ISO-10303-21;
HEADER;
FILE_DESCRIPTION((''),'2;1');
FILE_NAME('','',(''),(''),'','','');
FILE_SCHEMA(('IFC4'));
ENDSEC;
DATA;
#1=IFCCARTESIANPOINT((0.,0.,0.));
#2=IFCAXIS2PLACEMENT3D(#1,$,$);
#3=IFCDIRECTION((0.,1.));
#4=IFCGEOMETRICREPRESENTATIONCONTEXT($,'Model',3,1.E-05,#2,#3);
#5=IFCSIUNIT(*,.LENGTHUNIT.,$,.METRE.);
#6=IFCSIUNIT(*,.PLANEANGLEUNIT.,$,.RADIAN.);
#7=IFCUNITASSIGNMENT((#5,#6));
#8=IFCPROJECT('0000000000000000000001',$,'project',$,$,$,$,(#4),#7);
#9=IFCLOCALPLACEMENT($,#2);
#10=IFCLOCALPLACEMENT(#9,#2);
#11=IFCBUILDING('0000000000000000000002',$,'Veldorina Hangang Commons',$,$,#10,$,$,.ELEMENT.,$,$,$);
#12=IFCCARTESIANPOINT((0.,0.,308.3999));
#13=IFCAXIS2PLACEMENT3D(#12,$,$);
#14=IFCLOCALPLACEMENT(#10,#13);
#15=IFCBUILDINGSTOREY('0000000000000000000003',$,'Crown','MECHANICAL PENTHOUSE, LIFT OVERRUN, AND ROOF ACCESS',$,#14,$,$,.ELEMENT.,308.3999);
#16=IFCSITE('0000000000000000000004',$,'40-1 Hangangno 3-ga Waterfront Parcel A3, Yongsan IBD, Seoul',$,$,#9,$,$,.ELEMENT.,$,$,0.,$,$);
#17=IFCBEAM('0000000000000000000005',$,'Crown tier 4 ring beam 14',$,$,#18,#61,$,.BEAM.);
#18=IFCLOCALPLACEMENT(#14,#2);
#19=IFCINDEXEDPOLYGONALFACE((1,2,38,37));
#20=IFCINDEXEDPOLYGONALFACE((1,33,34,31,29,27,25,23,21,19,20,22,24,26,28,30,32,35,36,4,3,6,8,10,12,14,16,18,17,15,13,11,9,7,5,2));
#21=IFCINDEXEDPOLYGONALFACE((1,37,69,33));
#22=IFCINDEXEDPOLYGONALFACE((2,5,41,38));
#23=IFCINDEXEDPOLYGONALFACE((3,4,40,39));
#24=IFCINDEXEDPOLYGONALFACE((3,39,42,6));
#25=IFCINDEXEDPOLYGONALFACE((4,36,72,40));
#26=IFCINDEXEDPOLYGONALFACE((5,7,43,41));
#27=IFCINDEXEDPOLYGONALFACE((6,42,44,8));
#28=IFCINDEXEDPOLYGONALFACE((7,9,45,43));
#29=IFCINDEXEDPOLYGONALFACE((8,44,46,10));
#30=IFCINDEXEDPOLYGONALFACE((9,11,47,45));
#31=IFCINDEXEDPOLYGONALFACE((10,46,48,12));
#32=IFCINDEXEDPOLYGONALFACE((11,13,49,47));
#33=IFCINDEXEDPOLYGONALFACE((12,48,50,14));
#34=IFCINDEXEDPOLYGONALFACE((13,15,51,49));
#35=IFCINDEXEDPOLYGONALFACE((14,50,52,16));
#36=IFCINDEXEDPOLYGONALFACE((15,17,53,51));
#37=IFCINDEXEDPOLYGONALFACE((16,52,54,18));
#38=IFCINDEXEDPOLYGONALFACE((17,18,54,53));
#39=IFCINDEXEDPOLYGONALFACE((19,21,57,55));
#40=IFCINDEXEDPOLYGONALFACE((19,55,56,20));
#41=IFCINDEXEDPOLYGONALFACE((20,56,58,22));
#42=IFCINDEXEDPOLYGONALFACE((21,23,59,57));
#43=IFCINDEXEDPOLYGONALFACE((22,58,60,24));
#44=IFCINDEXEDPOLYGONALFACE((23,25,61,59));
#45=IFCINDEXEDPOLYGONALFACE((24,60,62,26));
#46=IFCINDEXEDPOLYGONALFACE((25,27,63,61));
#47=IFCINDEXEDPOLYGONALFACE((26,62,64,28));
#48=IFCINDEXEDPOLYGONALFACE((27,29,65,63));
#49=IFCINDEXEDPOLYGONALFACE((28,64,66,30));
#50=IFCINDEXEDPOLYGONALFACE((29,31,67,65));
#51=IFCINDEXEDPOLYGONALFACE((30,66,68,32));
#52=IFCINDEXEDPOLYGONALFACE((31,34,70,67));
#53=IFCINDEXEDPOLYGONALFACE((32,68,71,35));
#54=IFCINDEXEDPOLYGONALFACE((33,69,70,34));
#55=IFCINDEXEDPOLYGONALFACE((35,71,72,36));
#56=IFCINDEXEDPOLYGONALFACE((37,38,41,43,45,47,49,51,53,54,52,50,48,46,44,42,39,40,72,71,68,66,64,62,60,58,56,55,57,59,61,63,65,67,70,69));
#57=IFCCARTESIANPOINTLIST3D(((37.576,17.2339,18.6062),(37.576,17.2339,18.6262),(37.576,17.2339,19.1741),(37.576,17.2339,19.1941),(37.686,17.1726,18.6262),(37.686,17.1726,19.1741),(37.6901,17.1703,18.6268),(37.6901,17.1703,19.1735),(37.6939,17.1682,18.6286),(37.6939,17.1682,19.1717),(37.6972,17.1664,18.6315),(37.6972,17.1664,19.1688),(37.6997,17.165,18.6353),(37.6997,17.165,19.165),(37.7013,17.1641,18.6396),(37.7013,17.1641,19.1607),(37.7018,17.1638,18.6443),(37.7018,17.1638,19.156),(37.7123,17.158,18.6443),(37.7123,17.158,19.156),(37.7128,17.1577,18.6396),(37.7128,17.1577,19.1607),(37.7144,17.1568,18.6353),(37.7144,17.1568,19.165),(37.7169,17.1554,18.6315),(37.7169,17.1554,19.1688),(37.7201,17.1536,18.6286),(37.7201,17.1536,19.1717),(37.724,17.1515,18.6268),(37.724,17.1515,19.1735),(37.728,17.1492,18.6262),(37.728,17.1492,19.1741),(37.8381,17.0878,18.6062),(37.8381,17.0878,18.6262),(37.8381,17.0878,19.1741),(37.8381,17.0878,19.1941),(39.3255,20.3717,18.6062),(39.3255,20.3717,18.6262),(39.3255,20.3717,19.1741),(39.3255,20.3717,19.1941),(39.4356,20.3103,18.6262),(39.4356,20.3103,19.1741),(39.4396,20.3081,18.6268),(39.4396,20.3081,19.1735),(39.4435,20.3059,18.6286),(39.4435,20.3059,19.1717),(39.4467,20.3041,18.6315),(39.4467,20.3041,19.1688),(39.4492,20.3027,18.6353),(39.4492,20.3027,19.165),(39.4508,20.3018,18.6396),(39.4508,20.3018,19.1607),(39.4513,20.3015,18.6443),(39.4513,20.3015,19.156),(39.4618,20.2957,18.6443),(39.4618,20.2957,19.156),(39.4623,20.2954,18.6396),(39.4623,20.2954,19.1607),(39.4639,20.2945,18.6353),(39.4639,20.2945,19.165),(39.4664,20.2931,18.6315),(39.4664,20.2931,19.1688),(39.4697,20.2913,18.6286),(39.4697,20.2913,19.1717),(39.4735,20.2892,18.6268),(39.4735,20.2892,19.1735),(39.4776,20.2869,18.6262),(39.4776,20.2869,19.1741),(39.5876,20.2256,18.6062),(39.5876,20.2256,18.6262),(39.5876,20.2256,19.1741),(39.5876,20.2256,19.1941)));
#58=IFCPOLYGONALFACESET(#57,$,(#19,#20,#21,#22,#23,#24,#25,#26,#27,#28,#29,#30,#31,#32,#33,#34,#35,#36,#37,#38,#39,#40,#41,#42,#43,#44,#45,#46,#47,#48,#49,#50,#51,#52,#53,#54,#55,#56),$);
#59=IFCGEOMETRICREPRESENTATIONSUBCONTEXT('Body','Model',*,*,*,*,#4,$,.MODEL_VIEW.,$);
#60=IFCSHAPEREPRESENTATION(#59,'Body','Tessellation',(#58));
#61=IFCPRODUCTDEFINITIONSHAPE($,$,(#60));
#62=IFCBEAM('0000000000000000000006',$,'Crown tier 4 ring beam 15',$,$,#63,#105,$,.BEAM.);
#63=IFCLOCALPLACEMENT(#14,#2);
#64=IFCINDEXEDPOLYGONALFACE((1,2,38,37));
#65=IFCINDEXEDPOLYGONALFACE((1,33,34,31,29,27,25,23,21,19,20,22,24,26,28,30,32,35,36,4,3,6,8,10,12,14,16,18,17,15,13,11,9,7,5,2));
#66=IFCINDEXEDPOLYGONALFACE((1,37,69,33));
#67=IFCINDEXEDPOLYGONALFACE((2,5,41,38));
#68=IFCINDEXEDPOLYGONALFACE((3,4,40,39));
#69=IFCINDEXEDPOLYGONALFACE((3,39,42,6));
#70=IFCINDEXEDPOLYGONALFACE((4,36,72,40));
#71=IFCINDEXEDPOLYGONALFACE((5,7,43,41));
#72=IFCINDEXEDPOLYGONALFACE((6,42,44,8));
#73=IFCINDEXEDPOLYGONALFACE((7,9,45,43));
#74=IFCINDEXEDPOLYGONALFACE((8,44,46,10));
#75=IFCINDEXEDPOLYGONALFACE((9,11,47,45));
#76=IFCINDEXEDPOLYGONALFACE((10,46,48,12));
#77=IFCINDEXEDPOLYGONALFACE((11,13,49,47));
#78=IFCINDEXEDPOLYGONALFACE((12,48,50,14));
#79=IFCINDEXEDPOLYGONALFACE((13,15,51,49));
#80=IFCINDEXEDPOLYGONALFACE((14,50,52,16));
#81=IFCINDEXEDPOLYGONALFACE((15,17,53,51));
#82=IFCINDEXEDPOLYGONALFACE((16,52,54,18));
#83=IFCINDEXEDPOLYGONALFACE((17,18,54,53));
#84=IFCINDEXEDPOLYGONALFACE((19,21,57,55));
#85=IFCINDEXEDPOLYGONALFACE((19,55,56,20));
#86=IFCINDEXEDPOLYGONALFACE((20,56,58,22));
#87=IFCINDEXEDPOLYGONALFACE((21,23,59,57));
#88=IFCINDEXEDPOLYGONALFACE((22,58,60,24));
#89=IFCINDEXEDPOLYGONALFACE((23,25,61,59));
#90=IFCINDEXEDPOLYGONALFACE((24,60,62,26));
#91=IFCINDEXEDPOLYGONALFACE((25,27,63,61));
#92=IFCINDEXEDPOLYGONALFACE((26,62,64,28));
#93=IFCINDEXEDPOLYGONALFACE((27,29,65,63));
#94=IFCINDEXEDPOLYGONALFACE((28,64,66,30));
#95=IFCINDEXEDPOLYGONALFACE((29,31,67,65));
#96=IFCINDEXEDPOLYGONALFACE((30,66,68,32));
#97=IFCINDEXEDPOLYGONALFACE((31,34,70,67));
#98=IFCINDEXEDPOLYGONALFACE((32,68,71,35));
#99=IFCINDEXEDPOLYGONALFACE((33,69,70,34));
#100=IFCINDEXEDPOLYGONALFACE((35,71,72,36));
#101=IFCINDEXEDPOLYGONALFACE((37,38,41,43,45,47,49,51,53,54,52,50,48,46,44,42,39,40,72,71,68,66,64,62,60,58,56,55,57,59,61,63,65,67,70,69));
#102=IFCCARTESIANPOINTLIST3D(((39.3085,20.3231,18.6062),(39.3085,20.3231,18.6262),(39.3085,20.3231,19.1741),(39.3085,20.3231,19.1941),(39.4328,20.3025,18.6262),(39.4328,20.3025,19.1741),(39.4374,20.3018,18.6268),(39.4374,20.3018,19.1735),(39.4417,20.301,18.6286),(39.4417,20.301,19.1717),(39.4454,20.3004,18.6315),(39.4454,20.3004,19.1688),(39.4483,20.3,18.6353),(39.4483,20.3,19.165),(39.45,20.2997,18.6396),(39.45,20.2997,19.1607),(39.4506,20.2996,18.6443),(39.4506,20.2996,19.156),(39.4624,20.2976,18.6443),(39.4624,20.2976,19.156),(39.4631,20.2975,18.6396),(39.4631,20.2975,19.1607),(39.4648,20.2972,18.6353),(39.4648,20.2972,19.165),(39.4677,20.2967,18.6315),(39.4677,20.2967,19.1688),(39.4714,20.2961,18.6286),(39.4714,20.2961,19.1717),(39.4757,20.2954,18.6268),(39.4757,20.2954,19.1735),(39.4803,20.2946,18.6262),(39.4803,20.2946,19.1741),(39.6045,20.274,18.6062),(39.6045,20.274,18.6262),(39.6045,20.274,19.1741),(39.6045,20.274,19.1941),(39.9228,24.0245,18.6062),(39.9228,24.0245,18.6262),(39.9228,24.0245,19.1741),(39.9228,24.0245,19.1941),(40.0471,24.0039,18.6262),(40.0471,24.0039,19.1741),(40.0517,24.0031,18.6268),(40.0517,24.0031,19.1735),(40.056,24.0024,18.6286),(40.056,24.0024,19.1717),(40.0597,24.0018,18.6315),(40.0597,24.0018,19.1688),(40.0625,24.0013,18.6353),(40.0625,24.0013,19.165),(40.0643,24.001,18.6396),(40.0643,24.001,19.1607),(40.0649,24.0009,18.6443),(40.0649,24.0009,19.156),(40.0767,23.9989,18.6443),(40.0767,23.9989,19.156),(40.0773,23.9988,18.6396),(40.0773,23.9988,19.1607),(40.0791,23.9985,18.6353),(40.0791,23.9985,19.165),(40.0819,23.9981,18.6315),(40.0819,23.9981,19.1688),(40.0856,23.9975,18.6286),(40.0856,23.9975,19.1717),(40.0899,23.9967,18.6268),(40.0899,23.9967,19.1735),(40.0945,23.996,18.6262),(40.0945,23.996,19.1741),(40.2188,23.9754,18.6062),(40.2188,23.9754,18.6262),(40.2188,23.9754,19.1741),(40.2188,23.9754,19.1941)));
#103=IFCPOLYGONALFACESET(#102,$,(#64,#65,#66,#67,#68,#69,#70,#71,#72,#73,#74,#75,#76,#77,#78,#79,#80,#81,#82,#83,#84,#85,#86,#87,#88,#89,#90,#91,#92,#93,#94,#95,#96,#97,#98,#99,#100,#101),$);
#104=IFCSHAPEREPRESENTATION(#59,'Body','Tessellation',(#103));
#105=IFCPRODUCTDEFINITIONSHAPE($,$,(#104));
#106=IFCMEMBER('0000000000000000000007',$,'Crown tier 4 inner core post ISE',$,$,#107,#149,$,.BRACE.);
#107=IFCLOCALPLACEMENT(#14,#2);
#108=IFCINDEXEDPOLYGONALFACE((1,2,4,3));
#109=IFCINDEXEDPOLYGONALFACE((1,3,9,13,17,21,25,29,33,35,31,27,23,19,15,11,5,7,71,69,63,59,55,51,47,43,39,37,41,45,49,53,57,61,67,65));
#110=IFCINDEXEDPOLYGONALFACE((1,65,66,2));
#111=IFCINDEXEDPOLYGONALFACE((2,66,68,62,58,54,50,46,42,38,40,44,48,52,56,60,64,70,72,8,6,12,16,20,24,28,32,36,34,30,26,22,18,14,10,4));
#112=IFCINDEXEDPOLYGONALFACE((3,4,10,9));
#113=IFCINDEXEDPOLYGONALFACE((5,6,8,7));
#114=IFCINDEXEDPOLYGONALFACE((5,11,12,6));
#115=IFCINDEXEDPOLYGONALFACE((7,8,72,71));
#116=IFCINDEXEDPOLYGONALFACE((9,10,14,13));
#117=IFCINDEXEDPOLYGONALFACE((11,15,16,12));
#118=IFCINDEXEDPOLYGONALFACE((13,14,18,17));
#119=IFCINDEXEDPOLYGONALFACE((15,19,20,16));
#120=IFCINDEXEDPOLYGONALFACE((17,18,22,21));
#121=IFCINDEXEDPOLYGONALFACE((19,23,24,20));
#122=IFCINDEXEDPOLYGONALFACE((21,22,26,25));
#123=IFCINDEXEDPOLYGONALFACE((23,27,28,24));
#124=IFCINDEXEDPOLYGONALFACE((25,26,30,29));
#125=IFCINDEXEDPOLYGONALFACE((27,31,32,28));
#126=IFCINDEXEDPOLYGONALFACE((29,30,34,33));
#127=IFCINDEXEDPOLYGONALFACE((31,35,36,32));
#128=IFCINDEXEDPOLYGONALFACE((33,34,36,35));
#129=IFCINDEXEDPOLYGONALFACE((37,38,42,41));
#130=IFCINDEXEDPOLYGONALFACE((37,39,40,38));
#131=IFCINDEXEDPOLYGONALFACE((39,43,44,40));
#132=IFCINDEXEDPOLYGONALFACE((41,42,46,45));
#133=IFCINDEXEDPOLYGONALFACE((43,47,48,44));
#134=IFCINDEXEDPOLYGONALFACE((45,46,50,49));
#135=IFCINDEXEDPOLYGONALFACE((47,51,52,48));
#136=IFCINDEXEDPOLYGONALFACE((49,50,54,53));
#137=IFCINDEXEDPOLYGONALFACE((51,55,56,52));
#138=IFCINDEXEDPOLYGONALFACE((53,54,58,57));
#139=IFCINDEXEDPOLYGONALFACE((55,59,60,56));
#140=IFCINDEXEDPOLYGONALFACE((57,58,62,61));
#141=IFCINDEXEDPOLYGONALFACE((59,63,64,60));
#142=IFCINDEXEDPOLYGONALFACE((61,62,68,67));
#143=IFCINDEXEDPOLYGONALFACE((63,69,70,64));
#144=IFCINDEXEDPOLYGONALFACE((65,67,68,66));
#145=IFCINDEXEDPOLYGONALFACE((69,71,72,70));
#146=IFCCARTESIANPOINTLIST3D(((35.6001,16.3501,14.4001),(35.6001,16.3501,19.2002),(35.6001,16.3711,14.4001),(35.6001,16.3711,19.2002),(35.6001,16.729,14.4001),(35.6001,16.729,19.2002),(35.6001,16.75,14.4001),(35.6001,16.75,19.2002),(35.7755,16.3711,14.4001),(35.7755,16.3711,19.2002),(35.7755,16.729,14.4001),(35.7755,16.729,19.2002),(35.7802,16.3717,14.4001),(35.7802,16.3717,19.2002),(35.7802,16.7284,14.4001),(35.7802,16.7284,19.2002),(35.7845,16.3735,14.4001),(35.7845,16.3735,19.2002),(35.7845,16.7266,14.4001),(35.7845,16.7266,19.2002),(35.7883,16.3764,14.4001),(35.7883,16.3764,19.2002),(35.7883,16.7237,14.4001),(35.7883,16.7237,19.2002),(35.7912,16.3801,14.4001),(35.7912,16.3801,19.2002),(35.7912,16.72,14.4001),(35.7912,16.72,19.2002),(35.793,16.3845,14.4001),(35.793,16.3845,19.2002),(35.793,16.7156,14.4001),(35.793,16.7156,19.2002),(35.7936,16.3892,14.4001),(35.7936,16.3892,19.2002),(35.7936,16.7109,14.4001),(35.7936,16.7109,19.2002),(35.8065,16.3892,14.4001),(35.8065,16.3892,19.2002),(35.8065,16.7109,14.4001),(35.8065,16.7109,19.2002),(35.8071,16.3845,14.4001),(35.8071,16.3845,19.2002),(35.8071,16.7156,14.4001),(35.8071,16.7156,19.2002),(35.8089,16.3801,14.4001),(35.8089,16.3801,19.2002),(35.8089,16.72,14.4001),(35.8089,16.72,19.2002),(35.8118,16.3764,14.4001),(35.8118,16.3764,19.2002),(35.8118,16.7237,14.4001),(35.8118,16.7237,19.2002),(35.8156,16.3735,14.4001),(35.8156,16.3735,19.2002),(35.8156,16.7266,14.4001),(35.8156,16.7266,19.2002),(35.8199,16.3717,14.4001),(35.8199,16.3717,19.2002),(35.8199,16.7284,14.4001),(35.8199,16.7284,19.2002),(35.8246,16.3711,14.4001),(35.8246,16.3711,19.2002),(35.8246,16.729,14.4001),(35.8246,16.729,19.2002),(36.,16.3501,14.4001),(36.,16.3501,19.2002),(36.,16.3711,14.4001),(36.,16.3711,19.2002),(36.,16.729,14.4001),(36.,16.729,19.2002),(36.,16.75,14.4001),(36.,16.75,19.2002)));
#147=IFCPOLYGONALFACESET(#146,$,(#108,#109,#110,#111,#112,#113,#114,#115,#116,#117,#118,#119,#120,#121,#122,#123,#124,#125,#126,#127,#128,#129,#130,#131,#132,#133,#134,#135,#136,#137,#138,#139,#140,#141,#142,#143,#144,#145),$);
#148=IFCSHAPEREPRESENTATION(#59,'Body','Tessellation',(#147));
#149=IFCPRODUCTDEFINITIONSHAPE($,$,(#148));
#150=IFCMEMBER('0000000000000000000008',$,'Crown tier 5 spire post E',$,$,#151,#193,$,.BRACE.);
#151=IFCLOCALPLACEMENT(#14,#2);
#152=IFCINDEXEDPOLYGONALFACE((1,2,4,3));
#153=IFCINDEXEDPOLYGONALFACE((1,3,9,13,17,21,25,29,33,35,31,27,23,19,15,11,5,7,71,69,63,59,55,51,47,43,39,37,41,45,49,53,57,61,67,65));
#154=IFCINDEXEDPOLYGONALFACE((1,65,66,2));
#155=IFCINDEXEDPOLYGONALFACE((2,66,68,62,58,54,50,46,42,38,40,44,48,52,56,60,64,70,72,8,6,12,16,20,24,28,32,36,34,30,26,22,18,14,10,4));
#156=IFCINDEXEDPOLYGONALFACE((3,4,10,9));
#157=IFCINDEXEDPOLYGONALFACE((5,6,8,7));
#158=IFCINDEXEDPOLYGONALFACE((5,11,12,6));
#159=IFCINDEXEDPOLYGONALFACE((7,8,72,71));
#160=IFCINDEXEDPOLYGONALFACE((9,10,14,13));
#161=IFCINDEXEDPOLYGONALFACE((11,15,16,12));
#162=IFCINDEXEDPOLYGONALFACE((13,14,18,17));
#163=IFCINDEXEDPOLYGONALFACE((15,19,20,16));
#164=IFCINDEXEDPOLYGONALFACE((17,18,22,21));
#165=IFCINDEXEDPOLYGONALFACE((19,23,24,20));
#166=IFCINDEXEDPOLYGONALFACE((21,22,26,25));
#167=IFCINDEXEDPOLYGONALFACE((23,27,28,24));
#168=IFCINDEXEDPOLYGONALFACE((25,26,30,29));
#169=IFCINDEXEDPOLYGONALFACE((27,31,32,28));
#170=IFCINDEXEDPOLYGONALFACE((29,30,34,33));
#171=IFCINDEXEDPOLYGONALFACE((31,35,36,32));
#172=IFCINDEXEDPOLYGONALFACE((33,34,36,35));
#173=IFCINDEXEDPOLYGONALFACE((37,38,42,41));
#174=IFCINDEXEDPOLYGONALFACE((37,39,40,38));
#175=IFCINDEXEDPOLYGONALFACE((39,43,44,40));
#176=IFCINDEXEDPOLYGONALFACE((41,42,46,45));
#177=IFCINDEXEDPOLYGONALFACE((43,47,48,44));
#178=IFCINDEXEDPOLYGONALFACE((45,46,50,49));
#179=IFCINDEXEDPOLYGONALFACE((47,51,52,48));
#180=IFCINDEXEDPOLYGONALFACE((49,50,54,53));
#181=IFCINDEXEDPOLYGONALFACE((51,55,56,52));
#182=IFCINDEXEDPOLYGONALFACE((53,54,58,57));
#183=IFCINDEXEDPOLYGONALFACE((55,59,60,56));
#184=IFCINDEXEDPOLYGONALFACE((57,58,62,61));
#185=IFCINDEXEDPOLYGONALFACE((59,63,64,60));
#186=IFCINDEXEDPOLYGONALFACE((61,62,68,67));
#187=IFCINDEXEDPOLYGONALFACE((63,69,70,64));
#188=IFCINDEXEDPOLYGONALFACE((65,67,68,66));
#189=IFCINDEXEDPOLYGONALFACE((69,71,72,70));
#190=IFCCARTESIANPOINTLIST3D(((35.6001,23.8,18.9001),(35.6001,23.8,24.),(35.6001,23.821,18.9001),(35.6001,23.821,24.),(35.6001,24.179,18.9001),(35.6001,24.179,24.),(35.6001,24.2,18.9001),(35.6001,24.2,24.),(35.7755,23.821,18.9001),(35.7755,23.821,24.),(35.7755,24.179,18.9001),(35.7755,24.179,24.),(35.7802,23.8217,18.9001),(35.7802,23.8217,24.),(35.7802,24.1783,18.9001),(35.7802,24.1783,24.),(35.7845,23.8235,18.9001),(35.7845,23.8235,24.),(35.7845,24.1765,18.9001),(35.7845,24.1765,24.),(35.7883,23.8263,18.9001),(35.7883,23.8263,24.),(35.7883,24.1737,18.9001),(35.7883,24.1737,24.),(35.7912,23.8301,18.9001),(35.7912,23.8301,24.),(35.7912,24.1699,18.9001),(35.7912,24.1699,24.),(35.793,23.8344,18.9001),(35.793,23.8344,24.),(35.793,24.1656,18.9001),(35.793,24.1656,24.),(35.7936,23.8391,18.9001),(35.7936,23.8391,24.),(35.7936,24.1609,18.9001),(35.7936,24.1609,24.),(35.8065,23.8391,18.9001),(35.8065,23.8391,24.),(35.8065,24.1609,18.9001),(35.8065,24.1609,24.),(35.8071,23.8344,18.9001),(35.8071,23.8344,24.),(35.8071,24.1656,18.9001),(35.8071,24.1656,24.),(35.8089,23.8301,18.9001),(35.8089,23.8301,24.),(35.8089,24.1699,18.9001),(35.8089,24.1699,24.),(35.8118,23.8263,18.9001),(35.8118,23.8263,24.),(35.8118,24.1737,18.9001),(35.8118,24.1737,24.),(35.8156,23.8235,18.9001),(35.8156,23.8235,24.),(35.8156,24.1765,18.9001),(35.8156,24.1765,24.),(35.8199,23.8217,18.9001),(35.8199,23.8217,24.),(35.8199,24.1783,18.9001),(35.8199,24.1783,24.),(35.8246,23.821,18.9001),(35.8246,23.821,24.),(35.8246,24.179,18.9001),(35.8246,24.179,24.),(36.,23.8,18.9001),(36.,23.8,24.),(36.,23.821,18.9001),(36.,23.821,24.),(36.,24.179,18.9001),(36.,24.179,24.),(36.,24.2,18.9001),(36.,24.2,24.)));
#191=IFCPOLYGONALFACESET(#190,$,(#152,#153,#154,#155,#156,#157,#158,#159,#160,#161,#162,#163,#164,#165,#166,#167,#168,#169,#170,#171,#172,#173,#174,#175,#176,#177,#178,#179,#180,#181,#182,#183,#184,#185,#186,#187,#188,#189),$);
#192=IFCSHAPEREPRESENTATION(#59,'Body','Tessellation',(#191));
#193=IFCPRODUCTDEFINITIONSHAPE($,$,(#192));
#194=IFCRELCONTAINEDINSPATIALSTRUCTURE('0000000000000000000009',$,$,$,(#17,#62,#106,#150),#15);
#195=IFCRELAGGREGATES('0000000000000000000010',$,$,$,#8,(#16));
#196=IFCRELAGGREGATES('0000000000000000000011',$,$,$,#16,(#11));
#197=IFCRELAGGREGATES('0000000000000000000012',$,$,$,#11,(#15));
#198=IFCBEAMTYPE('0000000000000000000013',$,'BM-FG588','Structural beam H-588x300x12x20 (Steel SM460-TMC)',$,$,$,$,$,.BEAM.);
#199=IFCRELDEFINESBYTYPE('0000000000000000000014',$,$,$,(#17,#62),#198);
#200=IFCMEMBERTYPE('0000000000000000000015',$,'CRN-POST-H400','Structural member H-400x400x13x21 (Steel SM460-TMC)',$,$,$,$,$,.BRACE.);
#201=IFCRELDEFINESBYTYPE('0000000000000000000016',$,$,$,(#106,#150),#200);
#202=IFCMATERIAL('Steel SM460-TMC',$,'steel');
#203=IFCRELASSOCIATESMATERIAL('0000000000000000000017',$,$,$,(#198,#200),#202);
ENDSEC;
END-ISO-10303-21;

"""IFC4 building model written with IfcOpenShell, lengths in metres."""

from ifc_helpers import new_model, si_unit, direction, frame, origin, origin_2d, place, context, subcontext, project, spatial, i_section, extrude, material, material_profile, profile_set, type_object, element, save


model = new_model("IFC4")

# Units and contexts
model_context = context("Model", 3, precision=1e-05, world=origin(), true_north=direction((0.0, 1.0)))
body_context = subcontext(model_context, "Body", "Model", "MODEL_VIEW")
ifc_project = project(units=[si_unit("LENGTHUNIT", "METRE"), si_unit("PLANEANGLEUNIT", "RADIAN")], contexts=[model_context])

# Site, building, storey
site_placement = place(None, origin())
site = spatial("IfcSite", under=ifc_project, at=site_placement, Name="40-1 Hangangno 3-ga Waterfront Parcel A3, Yongsan IBD, Seoul", CompositionType="ELEMENT", RefElevation=0.0)
building_placement = place(site_placement, origin())
building = spatial("IfcBuilding", under=site, at=building_placement, Name="Veldorina Hangang Commons", CompositionType="ELEMENT")
storey_placement = place(building_placement, frame((0.0, 0.0, 308.3999)))
storey = spatial("IfcBuildingStorey", under=building, at=storey_placement, Name="Crown", Description="MECHANICAL PENTHOUSE, LIFT OVERRUN, AND ROOF ACCESS", CompositionType="ELEMENT", Elevation=308.3999)

# Beams
ifc_material_1 = material(Name="Steel SM460-TMC", Category="steel")
ifc_material_profile_1 = material_profile(ifc_material_1, i_section(OverallWidth=0.3, OverallDepth=0.5879, WebThickness=0.012, FlangeThickness=0.02, FilletRadius=0.0181, at=origin_2d()), Name="H-588x300x12x20")
ifc_profile_set_1 = profile_set([ifc_material_profile_1], Name="Steel SM460-TMC")
beam_type = type_object("IfcBeamType", Name="BM-FG588", Description="Structural beam H-588x300x12x20 (Steel SM460-TMC)", PredefinedType="BEAM", material=ifc_profile_set_1)
beam_1_placement = place(storey_placement, frame((37.707, 17.1609, 18.9001), z_axis=(0.486993, 0.873406, 0.0), x_axis=(-0.873406, 0.486993, 0.0)))
element("IfcBeam", 1, at=beam_1_placement, inside=storey, type_object=beam_type, Name="Crown tier 4 ring beam 14", PredefinedType="BEAM", context=body_context, shape_type="SweptSolid", body=[
    extrude(i_section(OverallWidth=0.3, OverallDepth=0.5879, WebThickness=0.012, FlangeThickness=0.02, FilletRadius=0.0181, at=origin_2d()), origin(), (0.0, 0.0, 1.0), 3.5925),
])
beam_2_placement = place(storey_placement, frame((39.4565, 20.2986, 18.9001), z_axis=(0.163713, 0.986508, 0.0), x_axis=(-0.986508, 0.163713, 0.0)))
element("IfcBeam", 2, at=beam_2_placement, inside=storey, type_object=beam_type, Name="Crown tier 4 ring beam 15", PredefinedType="BEAM", context=body_context, shape_type="SweptSolid", body=[
    extrude(i_section(OverallWidth=0.3, OverallDepth=0.5879, WebThickness=0.012, FlangeThickness=0.02, FilletRadius=0.0181, at=origin_2d()), origin(), (0.0, 0.0, 1.0), 3.752),
])

# Members
ifc_material_profile_2 = material_profile(ifc_material_1, i_section(OverallWidth=0.3999, OverallDepth=0.3999, WebThickness=0.0129, FlangeThickness=0.021, FilletRadius=0.0181, at=origin_2d()), Name="H-400x400x13x21")
ifc_profile_set_2 = profile_set([ifc_material_profile_2], Name="Steel SM460-TMC")
member_type_1 = type_object("IfcMemberType", Name="CRN-POST-H400", Description="Structural member H-400x400x13x21 (Steel SM460-TMC)", PredefinedType="BRACE", material=ifc_profile_set_2)
member_1_placement = place(storey_placement, frame((35.8, 16.55, 14.4001), z_axis=(0.0, 0.0, 1.0), x_axis=(1.0, 0.0, 0.0)))
element("IfcMember", 3, at=member_1_placement, inside=storey, type_object=member_type_1, Name="Crown tier 4 inner core post ISE", PredefinedType="BRACE", context=body_context, shape_type="SweptSolid", body=[
    extrude(i_section(OverallWidth=0.3999, OverallDepth=0.3999, WebThickness=0.0129, FlangeThickness=0.021, FilletRadius=0.0181, at=origin_2d()), origin(), (0.0, 0.0, 1.0), 4.8),
])
member_2_placement = place(storey_placement, frame((35.8, 24.0, 18.9001), z_axis=(0.0, 0.0, 1.0), x_axis=(1.0, 0.0, 0.0)))
element("IfcMember", 4, at=member_2_placement, inside=storey, type_object=member_type_1, Name="Crown tier 5 spire post E", PredefinedType="BRACE", context=body_context, shape_type="SweptSolid", body=[
    extrude(i_section(OverallWidth=0.3999, OverallDepth=0.3999, WebThickness=0.0129, FlangeThickness=0.021, FilletRadius=0.0181, at=origin_2d()), origin(), (0.0, 0.0, 1.0), 5.0999),
])

save(model, "model.ifc")
